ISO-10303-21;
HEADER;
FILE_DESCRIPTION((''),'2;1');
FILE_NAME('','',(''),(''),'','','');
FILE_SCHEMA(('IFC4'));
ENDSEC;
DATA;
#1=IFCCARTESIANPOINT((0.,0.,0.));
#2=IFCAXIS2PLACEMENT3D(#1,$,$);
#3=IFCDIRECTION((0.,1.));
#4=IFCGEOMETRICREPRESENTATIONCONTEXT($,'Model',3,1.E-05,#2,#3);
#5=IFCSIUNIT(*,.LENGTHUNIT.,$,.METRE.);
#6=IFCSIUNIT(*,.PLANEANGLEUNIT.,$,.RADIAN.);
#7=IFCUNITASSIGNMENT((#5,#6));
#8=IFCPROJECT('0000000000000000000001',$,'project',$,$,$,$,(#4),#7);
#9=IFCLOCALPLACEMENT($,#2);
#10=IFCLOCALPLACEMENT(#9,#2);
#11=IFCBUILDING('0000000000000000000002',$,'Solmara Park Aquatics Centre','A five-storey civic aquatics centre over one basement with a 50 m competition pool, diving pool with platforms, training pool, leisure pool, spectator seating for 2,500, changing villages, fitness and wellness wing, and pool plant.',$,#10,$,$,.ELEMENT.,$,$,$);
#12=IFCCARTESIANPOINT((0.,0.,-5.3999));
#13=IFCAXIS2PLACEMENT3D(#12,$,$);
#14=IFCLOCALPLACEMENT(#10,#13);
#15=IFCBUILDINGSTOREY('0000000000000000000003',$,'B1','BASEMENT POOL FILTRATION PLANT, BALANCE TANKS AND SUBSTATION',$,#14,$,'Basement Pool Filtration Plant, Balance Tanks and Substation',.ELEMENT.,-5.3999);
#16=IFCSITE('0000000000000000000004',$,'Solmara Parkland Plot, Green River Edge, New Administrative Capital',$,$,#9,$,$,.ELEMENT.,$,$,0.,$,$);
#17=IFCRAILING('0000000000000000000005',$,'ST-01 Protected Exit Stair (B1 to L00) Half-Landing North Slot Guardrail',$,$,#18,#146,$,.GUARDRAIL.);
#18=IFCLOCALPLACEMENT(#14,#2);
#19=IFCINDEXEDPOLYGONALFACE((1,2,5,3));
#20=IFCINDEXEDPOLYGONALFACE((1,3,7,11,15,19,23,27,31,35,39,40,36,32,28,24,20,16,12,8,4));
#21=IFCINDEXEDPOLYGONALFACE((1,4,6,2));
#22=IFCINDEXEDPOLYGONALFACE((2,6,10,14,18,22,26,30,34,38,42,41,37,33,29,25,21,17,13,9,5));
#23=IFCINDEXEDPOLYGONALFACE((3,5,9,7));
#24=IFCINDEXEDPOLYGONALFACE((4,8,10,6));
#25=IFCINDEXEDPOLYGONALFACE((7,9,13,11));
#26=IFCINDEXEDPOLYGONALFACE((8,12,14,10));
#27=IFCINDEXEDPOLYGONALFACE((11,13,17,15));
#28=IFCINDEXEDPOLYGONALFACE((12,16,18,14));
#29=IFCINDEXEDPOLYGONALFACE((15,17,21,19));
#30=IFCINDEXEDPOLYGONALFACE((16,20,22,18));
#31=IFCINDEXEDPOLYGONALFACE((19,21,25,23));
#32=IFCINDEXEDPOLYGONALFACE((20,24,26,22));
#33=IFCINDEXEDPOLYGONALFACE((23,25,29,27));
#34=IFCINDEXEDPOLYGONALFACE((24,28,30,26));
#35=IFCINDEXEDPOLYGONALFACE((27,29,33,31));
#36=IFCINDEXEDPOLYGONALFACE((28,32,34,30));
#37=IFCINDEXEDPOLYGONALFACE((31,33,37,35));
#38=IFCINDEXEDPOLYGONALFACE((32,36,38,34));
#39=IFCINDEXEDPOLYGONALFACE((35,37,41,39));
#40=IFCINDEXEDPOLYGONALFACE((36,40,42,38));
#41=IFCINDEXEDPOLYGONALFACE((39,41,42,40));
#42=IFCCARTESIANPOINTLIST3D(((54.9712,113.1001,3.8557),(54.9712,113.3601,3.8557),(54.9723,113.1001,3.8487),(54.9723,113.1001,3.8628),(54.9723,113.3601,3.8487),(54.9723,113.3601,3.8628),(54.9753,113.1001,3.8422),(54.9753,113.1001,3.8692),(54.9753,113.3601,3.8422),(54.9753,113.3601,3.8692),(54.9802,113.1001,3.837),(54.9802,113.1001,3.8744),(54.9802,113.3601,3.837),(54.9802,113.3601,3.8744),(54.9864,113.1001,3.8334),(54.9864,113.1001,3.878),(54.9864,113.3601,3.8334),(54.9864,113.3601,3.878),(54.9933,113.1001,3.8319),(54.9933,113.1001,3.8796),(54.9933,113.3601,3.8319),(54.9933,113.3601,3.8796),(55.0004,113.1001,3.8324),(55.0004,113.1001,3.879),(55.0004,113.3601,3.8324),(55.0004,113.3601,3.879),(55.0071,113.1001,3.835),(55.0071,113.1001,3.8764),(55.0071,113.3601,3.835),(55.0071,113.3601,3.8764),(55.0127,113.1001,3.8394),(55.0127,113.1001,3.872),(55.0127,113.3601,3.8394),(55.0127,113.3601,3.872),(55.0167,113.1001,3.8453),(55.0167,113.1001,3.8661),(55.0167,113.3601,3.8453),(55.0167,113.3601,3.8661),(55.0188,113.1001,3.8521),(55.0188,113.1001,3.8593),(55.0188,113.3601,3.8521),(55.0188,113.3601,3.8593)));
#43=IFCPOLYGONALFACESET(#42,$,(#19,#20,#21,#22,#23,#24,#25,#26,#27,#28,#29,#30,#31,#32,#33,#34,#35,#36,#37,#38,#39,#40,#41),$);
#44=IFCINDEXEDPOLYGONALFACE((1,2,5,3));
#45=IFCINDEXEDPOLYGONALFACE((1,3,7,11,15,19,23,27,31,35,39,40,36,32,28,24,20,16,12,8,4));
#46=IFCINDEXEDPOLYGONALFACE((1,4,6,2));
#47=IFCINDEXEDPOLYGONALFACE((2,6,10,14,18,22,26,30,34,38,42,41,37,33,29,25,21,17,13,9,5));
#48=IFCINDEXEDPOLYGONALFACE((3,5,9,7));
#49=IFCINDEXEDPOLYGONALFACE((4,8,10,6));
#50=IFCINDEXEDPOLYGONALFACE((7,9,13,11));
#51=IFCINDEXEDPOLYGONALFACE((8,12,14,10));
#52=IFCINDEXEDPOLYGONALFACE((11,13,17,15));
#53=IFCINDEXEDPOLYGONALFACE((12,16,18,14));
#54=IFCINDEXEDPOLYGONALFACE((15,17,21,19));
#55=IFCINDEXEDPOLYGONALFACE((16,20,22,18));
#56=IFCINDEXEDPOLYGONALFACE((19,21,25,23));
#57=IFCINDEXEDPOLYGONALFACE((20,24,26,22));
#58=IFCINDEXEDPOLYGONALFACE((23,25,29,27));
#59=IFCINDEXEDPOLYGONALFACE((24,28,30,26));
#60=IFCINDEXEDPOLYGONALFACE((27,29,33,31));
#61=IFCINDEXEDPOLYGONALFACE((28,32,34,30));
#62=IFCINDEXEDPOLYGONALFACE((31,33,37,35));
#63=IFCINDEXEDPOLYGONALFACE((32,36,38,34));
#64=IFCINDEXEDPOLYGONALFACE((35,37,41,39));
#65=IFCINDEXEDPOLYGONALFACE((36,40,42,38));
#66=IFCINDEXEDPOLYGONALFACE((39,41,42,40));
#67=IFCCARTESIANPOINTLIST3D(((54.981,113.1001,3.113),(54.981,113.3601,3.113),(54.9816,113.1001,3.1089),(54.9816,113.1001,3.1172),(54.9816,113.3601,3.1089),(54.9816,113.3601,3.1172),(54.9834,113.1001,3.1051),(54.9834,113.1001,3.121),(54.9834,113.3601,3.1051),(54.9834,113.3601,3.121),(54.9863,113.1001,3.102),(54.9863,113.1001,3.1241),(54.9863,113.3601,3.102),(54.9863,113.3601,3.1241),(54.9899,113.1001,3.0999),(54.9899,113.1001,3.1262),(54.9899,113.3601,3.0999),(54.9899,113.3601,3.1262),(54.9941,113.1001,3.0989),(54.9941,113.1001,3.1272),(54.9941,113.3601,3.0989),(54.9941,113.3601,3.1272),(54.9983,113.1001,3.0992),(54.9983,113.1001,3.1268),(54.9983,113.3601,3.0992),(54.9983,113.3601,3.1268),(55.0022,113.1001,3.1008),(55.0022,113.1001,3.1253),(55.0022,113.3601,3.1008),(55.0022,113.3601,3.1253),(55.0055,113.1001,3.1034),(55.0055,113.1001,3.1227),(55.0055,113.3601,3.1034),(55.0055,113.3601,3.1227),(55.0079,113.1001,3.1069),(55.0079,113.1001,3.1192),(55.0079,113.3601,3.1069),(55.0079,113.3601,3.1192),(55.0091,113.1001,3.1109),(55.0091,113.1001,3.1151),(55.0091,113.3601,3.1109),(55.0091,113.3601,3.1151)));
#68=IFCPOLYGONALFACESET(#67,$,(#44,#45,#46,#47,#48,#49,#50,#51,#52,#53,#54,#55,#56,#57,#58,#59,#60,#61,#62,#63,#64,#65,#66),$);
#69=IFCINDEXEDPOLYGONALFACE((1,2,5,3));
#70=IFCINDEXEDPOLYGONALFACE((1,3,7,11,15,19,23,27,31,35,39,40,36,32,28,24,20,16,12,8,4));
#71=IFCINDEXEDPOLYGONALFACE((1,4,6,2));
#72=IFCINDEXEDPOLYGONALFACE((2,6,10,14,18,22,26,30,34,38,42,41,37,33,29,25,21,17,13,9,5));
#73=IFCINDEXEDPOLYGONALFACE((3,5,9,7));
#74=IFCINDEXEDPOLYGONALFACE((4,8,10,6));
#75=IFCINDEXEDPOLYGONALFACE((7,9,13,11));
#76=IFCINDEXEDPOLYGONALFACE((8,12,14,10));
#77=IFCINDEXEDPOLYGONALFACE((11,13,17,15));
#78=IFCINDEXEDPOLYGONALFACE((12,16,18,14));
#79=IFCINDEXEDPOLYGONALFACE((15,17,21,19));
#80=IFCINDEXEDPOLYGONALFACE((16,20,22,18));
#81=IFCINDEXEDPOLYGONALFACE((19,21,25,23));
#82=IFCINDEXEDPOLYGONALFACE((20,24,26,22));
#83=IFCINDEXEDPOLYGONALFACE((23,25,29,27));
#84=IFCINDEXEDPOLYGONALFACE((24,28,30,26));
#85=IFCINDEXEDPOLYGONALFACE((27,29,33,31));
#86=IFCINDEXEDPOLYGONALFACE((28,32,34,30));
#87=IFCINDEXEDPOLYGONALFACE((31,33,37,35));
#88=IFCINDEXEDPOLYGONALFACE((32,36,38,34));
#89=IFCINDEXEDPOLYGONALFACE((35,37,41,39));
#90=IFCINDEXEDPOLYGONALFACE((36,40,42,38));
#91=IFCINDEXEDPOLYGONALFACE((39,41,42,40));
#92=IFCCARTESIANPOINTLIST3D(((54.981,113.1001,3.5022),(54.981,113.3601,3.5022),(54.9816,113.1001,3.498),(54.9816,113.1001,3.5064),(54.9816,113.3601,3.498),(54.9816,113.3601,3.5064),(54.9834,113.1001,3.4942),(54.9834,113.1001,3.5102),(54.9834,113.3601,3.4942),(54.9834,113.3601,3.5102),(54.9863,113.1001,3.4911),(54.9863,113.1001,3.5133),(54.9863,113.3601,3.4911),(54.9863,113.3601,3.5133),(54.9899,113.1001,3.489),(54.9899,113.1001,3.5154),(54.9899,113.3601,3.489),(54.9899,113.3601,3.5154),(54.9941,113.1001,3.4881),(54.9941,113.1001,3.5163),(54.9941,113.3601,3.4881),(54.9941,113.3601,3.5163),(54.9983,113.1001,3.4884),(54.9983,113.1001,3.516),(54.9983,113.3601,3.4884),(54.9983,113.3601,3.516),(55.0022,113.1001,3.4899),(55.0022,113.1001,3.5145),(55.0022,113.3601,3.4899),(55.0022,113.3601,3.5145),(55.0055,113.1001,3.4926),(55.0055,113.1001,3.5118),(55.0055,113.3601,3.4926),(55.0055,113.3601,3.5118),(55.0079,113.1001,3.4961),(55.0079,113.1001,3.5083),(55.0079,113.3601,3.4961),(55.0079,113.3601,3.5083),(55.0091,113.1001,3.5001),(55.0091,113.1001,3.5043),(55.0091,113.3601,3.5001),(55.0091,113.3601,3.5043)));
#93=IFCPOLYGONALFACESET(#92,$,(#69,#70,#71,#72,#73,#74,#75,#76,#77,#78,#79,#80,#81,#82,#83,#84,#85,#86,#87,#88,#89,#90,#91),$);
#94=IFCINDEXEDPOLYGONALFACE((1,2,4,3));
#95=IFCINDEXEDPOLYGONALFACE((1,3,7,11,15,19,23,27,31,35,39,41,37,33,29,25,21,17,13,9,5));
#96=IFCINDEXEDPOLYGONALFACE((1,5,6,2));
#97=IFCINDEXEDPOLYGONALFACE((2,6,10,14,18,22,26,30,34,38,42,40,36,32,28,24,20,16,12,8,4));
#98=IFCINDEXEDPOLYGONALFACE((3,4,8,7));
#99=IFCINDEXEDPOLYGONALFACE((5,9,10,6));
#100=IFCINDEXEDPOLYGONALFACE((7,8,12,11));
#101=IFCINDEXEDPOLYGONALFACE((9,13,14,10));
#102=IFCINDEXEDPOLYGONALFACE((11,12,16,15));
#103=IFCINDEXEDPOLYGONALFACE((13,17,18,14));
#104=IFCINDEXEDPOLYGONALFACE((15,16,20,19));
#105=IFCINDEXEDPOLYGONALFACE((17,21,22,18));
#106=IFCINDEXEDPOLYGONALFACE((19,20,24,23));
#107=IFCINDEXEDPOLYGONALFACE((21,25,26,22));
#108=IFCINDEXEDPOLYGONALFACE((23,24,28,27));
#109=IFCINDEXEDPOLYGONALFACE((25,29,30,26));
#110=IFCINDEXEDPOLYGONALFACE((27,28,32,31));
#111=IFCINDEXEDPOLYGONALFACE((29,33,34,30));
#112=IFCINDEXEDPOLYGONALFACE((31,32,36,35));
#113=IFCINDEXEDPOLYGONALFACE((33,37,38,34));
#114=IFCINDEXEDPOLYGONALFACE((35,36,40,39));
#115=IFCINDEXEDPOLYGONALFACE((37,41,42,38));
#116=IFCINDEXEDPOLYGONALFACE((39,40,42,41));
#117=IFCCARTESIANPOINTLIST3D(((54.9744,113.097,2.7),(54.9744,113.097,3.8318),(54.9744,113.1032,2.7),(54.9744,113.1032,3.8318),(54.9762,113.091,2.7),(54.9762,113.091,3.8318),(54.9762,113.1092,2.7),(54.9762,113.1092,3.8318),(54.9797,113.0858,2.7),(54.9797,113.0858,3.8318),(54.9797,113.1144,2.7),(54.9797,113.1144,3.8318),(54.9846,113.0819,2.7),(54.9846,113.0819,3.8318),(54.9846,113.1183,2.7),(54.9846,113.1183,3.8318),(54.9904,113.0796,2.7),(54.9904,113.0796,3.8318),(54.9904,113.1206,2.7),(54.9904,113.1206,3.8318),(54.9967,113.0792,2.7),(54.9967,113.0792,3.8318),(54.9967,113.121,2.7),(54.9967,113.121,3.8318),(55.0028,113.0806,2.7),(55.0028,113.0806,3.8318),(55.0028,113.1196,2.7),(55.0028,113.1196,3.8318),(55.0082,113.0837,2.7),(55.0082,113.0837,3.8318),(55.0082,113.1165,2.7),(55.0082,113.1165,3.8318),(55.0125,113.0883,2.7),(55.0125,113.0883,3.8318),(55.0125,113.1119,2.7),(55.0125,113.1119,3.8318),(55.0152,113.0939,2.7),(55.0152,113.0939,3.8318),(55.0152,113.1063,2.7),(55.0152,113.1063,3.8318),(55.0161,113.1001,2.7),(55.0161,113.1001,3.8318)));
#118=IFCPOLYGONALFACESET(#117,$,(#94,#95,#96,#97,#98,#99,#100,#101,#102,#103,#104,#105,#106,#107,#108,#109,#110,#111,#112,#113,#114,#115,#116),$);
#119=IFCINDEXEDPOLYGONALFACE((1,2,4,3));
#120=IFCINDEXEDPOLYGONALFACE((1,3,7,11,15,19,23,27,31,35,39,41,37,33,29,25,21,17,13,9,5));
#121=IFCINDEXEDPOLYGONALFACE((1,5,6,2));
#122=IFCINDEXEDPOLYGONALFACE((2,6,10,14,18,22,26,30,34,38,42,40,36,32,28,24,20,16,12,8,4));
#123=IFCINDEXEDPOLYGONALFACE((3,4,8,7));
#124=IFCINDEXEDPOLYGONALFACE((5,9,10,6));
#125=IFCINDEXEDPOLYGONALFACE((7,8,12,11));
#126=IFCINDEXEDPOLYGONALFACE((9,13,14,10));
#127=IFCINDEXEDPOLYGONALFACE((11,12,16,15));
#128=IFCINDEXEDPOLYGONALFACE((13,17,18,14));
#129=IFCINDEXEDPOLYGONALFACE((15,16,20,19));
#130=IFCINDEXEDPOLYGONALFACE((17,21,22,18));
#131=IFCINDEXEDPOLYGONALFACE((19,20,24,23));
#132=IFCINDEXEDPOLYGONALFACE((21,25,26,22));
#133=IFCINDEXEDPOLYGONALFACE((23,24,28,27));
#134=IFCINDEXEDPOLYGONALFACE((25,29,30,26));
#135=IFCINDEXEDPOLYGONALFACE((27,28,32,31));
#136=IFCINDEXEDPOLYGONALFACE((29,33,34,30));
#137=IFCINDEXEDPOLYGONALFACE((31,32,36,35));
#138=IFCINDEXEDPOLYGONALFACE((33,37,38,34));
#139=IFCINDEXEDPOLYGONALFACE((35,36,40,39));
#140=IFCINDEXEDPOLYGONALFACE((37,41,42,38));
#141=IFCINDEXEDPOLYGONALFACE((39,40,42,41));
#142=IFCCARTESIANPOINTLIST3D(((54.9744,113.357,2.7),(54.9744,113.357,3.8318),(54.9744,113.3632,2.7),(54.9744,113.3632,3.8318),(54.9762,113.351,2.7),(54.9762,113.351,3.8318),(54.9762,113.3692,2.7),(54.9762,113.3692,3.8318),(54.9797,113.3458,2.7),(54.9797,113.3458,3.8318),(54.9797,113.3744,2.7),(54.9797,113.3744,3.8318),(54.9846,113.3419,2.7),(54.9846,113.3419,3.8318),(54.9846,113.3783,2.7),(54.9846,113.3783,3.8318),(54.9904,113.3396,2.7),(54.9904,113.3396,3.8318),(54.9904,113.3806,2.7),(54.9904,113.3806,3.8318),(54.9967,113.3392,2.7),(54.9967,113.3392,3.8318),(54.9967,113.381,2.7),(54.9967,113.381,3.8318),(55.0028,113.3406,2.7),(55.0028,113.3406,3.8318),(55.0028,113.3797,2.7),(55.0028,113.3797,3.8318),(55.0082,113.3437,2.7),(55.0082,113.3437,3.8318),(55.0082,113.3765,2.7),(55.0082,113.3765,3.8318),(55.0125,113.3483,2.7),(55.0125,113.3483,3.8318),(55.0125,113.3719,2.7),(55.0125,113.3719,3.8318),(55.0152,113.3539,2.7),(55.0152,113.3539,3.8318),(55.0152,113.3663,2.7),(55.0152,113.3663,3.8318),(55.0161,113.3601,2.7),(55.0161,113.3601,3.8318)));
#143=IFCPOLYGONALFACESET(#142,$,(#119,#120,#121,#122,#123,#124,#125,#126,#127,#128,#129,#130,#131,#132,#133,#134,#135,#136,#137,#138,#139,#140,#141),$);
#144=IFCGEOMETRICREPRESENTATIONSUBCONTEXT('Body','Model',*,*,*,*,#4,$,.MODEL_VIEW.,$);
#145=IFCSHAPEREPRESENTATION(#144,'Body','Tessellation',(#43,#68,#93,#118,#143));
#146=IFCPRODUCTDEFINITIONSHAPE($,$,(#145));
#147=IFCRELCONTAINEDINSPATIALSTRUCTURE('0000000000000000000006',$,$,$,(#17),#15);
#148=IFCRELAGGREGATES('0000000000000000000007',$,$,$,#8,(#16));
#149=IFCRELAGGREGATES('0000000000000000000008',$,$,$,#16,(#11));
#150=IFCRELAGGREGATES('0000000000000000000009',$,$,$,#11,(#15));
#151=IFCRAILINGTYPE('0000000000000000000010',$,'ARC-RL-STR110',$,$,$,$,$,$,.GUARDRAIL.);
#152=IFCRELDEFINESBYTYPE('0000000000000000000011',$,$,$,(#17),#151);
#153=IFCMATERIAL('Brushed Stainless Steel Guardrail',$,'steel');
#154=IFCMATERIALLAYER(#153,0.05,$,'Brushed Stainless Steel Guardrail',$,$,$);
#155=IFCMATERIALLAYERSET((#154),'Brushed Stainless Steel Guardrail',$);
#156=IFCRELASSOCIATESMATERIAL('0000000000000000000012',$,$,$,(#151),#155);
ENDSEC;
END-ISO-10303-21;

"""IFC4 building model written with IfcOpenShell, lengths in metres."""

from ifc_helpers import new_model, si_unit, direction, frame, origin, origin_2d, place, context, subcontext, project, spatial, circle, extrude, material, layer, layer_set, type_object, element, save


model = new_model("IFC4")

# Units and contexts
model_context = context("Model", 3, precision=1e-05, world=origin(), true_north=direction((0.0, 1.0)))
body_context = subcontext(model_context, "Body", "Model", "MODEL_VIEW")
ifc_project = project(units=[si_unit("LENGTHUNIT", "METRE"), si_unit("PLANEANGLEUNIT", "RADIAN")], contexts=[model_context])

# Site, building, storey
site_placement = place(None, origin())
site = spatial("IfcSite", under=ifc_project, at=site_placement, Name="Solmara Parkland Plot, Green River Edge, New Administrative Capital", CompositionType="ELEMENT", RefElevation=0.0)
building_placement = place(site_placement, origin())
building = spatial("IfcBuilding", under=site, at=building_placement, Name="Solmara Park Aquatics Centre", Description="A five-storey civic aquatics centre over one basement with a 50 m competition pool, diving pool with platforms, training pool, leisure pool, spectator seating for 2,500, changing villages, fitness and wellness wing, and pool plant.", CompositionType="ELEMENT")
storey_placement = place(building_placement, frame((0.0, 0.0, -5.3999)))
storey = spatial("IfcBuildingStorey", under=building, at=storey_placement, Name="B1", Description="BASEMENT POOL FILTRATION PLANT, BALANCE TANKS AND SUBSTATION", LongName="Basement Pool Filtration Plant, Balance Tanks and Substation", CompositionType="ELEMENT", Elevation=-5.3999)

# Railing
ifc_material_1 = material(Name="Brushed Stainless Steel Guardrail", Category="steel")
ifc_layer_1 = layer(ifc_material_1, 0.05, Name="Brushed Stainless Steel Guardrail")
ifc_layer_set_1 = layer_set([ifc_layer_1], Name="Brushed Stainless Steel Guardrail")
railing_type_1 = type_object("IfcRailingType", Name="ARC-RL-STR110", PredefinedType="GUARDRAIL", material=ifc_layer_set_1)
railing_1_placement = place(storey_placement, frame((54.9951, 113.1001, 2.7)))
element("IfcRailing", 1, at=railing_1_placement, inside=storey, type_object=railing_type_1, Name="ST-01 Protected Exit Stair (B1 to L00) Half-Landing North Slot Guardrail", PredefinedType="GUARDRAIL", context=body_context, shape_type="SweptSolid", body=[
    extrude(circle(Radius=0.0239, at=origin_2d()), frame((0.0, 0.0, 1.1558), z_axis=(0.0, 1.0, 0.0), x_axis=(-1.0, 0.0, 0.0)), (0.0, 0.0, 1.0), 0.26),
    extrude(circle(Radius=0.0142, at=origin_2d()), frame((0.0, 0.0, 0.4131), z_axis=(0.0, 1.0, 0.0), x_axis=(-1.0, 0.0, 0.0)), (0.0, 0.0, 1.0), 0.26),
    extrude(circle(Radius=0.0142, at=origin_2d()), frame((0.0, 0.0, 0.8022), z_axis=(0.0, 1.0, 0.0), x_axis=(-1.0, 0.0, 0.0)), (0.0, 0.0, 1.0), 0.26),
    extrude(circle(Radius=0.021, at=origin_2d()), origin(), (0.0, 0.0, 1.0), 1.1318),
    extrude(circle(Radius=0.021, at=origin_2d()), frame((0.0, 0.26, 0.0)), (0.0, 0.0, 1.0), 1.1318),
])

save(model, "model.ifc")
